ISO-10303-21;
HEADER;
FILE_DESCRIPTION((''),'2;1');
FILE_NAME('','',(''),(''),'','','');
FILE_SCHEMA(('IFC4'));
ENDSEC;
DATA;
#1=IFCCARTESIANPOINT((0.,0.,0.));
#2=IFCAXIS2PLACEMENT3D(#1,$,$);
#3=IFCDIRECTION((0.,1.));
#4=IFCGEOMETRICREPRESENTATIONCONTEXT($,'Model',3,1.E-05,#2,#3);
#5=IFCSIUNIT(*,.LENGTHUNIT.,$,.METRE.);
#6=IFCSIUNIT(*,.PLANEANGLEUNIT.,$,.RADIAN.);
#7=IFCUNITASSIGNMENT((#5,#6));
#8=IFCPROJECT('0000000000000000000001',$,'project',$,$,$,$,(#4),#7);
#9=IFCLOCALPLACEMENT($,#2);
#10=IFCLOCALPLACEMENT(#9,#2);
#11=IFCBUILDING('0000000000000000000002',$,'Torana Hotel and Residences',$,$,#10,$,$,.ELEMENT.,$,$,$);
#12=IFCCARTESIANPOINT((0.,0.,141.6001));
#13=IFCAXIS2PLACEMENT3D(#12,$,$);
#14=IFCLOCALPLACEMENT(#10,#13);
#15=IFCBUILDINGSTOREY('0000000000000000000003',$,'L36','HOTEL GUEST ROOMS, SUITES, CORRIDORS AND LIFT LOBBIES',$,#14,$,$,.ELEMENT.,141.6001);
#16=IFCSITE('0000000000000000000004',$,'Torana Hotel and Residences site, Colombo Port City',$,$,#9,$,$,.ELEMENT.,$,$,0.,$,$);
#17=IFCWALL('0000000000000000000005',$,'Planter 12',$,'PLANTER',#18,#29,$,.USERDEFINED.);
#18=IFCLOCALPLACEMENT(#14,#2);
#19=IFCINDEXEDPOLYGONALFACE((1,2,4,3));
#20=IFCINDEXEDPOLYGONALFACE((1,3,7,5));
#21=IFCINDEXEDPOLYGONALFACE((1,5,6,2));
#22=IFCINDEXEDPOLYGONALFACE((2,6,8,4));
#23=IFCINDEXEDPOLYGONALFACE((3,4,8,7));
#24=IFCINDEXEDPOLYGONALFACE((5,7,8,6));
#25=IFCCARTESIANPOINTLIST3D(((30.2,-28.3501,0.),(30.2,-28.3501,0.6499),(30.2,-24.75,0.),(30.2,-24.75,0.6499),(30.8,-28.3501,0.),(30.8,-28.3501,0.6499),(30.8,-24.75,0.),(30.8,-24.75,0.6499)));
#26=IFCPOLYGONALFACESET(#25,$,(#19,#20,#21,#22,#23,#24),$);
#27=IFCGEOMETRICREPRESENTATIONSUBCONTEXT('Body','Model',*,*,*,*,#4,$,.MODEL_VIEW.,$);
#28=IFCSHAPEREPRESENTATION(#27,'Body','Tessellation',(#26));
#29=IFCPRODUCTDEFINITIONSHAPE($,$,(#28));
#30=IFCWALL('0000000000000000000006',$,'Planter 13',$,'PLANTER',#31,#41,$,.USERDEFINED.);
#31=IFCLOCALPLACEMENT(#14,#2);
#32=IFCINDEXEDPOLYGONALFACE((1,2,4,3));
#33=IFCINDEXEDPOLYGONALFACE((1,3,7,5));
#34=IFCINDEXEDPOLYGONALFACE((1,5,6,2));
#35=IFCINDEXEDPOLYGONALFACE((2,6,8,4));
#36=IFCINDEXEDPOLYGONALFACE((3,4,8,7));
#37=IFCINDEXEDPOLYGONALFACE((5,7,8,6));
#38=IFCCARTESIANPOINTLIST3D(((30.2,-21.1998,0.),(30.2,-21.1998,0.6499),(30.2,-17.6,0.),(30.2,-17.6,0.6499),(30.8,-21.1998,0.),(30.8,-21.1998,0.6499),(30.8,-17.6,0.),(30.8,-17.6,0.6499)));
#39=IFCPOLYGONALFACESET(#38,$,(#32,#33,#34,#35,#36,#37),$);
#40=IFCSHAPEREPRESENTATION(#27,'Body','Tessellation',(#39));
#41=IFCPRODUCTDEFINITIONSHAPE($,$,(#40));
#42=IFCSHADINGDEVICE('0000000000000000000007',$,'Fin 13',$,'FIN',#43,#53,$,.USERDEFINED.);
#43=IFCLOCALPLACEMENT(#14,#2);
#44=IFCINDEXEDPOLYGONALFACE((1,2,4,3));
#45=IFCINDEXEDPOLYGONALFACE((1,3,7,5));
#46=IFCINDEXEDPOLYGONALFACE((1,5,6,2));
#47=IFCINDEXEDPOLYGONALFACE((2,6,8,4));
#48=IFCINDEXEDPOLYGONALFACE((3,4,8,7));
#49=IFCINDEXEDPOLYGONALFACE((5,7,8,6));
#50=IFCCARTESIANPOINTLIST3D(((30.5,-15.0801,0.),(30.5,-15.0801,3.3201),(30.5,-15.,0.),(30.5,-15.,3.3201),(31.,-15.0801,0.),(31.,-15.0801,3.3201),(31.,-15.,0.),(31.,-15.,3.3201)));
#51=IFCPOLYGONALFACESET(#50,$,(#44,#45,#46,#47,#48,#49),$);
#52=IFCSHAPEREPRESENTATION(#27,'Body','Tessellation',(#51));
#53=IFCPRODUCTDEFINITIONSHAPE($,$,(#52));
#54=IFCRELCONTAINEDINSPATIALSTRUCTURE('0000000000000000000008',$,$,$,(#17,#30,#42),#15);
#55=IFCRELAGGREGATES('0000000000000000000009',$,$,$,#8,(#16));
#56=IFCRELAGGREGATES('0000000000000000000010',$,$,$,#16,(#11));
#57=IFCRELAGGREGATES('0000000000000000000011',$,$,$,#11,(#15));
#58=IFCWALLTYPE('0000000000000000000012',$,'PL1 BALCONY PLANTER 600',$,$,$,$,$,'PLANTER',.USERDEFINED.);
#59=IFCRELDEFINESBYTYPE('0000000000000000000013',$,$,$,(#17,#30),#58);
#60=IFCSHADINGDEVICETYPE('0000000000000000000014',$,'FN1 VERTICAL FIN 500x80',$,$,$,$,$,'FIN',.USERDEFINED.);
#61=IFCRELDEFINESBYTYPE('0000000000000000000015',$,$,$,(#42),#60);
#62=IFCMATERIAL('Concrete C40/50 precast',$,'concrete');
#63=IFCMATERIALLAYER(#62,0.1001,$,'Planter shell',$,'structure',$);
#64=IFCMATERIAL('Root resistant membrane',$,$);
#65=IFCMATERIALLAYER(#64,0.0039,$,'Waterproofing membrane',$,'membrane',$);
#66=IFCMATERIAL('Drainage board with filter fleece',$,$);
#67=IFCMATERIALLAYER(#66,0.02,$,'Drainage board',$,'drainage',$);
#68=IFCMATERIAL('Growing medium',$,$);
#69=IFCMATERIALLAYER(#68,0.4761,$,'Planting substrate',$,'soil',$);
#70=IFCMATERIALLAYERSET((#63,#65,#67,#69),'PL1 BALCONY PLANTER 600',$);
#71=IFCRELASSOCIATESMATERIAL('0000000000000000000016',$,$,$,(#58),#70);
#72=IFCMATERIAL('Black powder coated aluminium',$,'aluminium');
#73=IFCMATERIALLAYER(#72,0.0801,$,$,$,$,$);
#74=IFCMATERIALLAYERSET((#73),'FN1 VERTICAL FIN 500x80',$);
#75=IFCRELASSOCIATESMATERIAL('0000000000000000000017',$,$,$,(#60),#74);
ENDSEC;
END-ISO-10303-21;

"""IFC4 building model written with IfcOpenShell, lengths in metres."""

from ifc_helpers import new_model, si_unit, direction, frame, frame_2d, origin, origin_2d, place, context, subcontext, project, spatial, rectangle, extrude, material, layer, layer_set, type_object, element, save


model = new_model("IFC4")

# Units and contexts
model_context = context("Model", 3, precision=1e-05, world=origin(), true_north=direction((0.0, 1.0)))
body_context = subcontext(model_context, "Body", "Model", "MODEL_VIEW")
ifc_project = project(units=[si_unit("LENGTHUNIT", "METRE"), si_unit("PLANEANGLEUNIT", "RADIAN")], contexts=[model_context])

# Site, building, storey
site_placement = place(None, origin())
site = spatial("IfcSite", under=ifc_project, at=site_placement, Name="Torana Hotel and Residences site, Colombo Port City", CompositionType="ELEMENT", RefElevation=0.0)
building_placement = place(site_placement, origin())
building = spatial("IfcBuilding", under=site, at=building_placement, Name="Torana Hotel and Residences", CompositionType="ELEMENT")
storey_placement = place(building_placement, frame((0.0, 0.0, 141.6001)))
storey = spatial("IfcBuildingStorey", under=building, at=storey_placement, Name="L36", Description="HOTEL GUEST ROOMS, SUITES, CORRIDORS AND LIFT LOBBIES", CompositionType="ELEMENT", Elevation=141.6001)

# Walls
ifc_material_1 = material(Name="Concrete C40/50 precast", Category="concrete")
ifc_layer_1 = layer(ifc_material_1, 0.1001, Name="Planter shell", Category="structure")
ifc_material_2 = material(Name="Root resistant membrane")
ifc_layer_2 = layer(ifc_material_2, 0.0039, Name="Waterproofing membrane", Category="membrane")
ifc_material_3 = material(Name="Drainage board with filter fleece")
ifc_layer_3 = layer(ifc_material_3, 0.02, Name="Drainage board", Category="drainage")
ifc_material_4 = material(Name="Growing medium")
ifc_layer_4 = layer(ifc_material_4, 0.4761, Name="Planting substrate", Category="soil")
ifc_layer_set_1 = layer_set([ifc_layer_1, ifc_layer_2, ifc_layer_3, ifc_layer_4], Name="PL1 BALCONY PLANTER 600")
wall_type_1 = type_object("IfcWallType", Name="PL1 BALCONY PLANTER 600", ElementType="PLANTER", PredefinedType="USERDEFINED", material=ifc_layer_set_1)
wall_1_placement = place(storey_placement, frame((30.5, -24.75, 0.0), z_axis=(0.0, 0.0, 1.0), x_axis=(0.0, -1.0, 0.0)))
element("IfcWall", 1, at=wall_1_placement, inside=storey, type_object=wall_type_1, Name="Planter 12", ObjectType="PLANTER", PredefinedType="USERDEFINED", context=body_context, shape_type="SweptSolid", body=[
    extrude(rectangle(XDim=3.6001, YDim=0.6001, at=frame_2d((1.8, 0.0))), origin(), (0.0, 0.0, 1.0), 0.6499),
])
wall_2_placement = place(storey_placement, frame((30.5, -17.6001, 0.0), z_axis=(0.0, 0.0, 1.0), x_axis=(0.0, -1.0, 0.0)))
element("IfcWall", 2, at=wall_2_placement, inside=storey, type_object=wall_type_1, Name="Planter 13", ObjectType="PLANTER", PredefinedType="USERDEFINED", context=body_context, shape_type="SweptSolid", body=[
    extrude(rectangle(XDim=3.5999, YDim=0.6001, at=frame_2d((1.7998, 0.0))), origin(), (0.0, 0.0, 1.0), 0.6499),
])

# Shading device
ifc_material_5 = material(Name="Black powder coated aluminium", Category="aluminium")
ifc_layer_5 = layer(ifc_material_5, 0.0801)
ifc_layer_set_2 = layer_set([ifc_layer_5], Name="FN1 VERTICAL FIN 500x80")
shading_device_type = type_object("IfcShadingDeviceType", Name="FN1 VERTICAL FIN 500x80", ElementType="FIN", PredefinedType="USERDEFINED", material=ifc_layer_set_2)
shading_device_placement = place(storey_placement, frame((30.75, -15.04, 0.0), z_axis=(0.0, 0.0, 1.0), x_axis=(0.0, -1.0, 0.0)))
element("IfcShadingDevice", 3, at=shading_device_placement, inside=storey, type_object=shading_device_type, Name="Fin 13", ObjectType="FIN", PredefinedType="USERDEFINED", context=body_context, shape_type="SweptSolid", body=[
    extrude(rectangle(XDim=0.0801, YDim=0.5, at=origin_2d()), origin(), (0.0, 0.0, 1.0), 3.3201),
])

save(model, "model.ifc")
